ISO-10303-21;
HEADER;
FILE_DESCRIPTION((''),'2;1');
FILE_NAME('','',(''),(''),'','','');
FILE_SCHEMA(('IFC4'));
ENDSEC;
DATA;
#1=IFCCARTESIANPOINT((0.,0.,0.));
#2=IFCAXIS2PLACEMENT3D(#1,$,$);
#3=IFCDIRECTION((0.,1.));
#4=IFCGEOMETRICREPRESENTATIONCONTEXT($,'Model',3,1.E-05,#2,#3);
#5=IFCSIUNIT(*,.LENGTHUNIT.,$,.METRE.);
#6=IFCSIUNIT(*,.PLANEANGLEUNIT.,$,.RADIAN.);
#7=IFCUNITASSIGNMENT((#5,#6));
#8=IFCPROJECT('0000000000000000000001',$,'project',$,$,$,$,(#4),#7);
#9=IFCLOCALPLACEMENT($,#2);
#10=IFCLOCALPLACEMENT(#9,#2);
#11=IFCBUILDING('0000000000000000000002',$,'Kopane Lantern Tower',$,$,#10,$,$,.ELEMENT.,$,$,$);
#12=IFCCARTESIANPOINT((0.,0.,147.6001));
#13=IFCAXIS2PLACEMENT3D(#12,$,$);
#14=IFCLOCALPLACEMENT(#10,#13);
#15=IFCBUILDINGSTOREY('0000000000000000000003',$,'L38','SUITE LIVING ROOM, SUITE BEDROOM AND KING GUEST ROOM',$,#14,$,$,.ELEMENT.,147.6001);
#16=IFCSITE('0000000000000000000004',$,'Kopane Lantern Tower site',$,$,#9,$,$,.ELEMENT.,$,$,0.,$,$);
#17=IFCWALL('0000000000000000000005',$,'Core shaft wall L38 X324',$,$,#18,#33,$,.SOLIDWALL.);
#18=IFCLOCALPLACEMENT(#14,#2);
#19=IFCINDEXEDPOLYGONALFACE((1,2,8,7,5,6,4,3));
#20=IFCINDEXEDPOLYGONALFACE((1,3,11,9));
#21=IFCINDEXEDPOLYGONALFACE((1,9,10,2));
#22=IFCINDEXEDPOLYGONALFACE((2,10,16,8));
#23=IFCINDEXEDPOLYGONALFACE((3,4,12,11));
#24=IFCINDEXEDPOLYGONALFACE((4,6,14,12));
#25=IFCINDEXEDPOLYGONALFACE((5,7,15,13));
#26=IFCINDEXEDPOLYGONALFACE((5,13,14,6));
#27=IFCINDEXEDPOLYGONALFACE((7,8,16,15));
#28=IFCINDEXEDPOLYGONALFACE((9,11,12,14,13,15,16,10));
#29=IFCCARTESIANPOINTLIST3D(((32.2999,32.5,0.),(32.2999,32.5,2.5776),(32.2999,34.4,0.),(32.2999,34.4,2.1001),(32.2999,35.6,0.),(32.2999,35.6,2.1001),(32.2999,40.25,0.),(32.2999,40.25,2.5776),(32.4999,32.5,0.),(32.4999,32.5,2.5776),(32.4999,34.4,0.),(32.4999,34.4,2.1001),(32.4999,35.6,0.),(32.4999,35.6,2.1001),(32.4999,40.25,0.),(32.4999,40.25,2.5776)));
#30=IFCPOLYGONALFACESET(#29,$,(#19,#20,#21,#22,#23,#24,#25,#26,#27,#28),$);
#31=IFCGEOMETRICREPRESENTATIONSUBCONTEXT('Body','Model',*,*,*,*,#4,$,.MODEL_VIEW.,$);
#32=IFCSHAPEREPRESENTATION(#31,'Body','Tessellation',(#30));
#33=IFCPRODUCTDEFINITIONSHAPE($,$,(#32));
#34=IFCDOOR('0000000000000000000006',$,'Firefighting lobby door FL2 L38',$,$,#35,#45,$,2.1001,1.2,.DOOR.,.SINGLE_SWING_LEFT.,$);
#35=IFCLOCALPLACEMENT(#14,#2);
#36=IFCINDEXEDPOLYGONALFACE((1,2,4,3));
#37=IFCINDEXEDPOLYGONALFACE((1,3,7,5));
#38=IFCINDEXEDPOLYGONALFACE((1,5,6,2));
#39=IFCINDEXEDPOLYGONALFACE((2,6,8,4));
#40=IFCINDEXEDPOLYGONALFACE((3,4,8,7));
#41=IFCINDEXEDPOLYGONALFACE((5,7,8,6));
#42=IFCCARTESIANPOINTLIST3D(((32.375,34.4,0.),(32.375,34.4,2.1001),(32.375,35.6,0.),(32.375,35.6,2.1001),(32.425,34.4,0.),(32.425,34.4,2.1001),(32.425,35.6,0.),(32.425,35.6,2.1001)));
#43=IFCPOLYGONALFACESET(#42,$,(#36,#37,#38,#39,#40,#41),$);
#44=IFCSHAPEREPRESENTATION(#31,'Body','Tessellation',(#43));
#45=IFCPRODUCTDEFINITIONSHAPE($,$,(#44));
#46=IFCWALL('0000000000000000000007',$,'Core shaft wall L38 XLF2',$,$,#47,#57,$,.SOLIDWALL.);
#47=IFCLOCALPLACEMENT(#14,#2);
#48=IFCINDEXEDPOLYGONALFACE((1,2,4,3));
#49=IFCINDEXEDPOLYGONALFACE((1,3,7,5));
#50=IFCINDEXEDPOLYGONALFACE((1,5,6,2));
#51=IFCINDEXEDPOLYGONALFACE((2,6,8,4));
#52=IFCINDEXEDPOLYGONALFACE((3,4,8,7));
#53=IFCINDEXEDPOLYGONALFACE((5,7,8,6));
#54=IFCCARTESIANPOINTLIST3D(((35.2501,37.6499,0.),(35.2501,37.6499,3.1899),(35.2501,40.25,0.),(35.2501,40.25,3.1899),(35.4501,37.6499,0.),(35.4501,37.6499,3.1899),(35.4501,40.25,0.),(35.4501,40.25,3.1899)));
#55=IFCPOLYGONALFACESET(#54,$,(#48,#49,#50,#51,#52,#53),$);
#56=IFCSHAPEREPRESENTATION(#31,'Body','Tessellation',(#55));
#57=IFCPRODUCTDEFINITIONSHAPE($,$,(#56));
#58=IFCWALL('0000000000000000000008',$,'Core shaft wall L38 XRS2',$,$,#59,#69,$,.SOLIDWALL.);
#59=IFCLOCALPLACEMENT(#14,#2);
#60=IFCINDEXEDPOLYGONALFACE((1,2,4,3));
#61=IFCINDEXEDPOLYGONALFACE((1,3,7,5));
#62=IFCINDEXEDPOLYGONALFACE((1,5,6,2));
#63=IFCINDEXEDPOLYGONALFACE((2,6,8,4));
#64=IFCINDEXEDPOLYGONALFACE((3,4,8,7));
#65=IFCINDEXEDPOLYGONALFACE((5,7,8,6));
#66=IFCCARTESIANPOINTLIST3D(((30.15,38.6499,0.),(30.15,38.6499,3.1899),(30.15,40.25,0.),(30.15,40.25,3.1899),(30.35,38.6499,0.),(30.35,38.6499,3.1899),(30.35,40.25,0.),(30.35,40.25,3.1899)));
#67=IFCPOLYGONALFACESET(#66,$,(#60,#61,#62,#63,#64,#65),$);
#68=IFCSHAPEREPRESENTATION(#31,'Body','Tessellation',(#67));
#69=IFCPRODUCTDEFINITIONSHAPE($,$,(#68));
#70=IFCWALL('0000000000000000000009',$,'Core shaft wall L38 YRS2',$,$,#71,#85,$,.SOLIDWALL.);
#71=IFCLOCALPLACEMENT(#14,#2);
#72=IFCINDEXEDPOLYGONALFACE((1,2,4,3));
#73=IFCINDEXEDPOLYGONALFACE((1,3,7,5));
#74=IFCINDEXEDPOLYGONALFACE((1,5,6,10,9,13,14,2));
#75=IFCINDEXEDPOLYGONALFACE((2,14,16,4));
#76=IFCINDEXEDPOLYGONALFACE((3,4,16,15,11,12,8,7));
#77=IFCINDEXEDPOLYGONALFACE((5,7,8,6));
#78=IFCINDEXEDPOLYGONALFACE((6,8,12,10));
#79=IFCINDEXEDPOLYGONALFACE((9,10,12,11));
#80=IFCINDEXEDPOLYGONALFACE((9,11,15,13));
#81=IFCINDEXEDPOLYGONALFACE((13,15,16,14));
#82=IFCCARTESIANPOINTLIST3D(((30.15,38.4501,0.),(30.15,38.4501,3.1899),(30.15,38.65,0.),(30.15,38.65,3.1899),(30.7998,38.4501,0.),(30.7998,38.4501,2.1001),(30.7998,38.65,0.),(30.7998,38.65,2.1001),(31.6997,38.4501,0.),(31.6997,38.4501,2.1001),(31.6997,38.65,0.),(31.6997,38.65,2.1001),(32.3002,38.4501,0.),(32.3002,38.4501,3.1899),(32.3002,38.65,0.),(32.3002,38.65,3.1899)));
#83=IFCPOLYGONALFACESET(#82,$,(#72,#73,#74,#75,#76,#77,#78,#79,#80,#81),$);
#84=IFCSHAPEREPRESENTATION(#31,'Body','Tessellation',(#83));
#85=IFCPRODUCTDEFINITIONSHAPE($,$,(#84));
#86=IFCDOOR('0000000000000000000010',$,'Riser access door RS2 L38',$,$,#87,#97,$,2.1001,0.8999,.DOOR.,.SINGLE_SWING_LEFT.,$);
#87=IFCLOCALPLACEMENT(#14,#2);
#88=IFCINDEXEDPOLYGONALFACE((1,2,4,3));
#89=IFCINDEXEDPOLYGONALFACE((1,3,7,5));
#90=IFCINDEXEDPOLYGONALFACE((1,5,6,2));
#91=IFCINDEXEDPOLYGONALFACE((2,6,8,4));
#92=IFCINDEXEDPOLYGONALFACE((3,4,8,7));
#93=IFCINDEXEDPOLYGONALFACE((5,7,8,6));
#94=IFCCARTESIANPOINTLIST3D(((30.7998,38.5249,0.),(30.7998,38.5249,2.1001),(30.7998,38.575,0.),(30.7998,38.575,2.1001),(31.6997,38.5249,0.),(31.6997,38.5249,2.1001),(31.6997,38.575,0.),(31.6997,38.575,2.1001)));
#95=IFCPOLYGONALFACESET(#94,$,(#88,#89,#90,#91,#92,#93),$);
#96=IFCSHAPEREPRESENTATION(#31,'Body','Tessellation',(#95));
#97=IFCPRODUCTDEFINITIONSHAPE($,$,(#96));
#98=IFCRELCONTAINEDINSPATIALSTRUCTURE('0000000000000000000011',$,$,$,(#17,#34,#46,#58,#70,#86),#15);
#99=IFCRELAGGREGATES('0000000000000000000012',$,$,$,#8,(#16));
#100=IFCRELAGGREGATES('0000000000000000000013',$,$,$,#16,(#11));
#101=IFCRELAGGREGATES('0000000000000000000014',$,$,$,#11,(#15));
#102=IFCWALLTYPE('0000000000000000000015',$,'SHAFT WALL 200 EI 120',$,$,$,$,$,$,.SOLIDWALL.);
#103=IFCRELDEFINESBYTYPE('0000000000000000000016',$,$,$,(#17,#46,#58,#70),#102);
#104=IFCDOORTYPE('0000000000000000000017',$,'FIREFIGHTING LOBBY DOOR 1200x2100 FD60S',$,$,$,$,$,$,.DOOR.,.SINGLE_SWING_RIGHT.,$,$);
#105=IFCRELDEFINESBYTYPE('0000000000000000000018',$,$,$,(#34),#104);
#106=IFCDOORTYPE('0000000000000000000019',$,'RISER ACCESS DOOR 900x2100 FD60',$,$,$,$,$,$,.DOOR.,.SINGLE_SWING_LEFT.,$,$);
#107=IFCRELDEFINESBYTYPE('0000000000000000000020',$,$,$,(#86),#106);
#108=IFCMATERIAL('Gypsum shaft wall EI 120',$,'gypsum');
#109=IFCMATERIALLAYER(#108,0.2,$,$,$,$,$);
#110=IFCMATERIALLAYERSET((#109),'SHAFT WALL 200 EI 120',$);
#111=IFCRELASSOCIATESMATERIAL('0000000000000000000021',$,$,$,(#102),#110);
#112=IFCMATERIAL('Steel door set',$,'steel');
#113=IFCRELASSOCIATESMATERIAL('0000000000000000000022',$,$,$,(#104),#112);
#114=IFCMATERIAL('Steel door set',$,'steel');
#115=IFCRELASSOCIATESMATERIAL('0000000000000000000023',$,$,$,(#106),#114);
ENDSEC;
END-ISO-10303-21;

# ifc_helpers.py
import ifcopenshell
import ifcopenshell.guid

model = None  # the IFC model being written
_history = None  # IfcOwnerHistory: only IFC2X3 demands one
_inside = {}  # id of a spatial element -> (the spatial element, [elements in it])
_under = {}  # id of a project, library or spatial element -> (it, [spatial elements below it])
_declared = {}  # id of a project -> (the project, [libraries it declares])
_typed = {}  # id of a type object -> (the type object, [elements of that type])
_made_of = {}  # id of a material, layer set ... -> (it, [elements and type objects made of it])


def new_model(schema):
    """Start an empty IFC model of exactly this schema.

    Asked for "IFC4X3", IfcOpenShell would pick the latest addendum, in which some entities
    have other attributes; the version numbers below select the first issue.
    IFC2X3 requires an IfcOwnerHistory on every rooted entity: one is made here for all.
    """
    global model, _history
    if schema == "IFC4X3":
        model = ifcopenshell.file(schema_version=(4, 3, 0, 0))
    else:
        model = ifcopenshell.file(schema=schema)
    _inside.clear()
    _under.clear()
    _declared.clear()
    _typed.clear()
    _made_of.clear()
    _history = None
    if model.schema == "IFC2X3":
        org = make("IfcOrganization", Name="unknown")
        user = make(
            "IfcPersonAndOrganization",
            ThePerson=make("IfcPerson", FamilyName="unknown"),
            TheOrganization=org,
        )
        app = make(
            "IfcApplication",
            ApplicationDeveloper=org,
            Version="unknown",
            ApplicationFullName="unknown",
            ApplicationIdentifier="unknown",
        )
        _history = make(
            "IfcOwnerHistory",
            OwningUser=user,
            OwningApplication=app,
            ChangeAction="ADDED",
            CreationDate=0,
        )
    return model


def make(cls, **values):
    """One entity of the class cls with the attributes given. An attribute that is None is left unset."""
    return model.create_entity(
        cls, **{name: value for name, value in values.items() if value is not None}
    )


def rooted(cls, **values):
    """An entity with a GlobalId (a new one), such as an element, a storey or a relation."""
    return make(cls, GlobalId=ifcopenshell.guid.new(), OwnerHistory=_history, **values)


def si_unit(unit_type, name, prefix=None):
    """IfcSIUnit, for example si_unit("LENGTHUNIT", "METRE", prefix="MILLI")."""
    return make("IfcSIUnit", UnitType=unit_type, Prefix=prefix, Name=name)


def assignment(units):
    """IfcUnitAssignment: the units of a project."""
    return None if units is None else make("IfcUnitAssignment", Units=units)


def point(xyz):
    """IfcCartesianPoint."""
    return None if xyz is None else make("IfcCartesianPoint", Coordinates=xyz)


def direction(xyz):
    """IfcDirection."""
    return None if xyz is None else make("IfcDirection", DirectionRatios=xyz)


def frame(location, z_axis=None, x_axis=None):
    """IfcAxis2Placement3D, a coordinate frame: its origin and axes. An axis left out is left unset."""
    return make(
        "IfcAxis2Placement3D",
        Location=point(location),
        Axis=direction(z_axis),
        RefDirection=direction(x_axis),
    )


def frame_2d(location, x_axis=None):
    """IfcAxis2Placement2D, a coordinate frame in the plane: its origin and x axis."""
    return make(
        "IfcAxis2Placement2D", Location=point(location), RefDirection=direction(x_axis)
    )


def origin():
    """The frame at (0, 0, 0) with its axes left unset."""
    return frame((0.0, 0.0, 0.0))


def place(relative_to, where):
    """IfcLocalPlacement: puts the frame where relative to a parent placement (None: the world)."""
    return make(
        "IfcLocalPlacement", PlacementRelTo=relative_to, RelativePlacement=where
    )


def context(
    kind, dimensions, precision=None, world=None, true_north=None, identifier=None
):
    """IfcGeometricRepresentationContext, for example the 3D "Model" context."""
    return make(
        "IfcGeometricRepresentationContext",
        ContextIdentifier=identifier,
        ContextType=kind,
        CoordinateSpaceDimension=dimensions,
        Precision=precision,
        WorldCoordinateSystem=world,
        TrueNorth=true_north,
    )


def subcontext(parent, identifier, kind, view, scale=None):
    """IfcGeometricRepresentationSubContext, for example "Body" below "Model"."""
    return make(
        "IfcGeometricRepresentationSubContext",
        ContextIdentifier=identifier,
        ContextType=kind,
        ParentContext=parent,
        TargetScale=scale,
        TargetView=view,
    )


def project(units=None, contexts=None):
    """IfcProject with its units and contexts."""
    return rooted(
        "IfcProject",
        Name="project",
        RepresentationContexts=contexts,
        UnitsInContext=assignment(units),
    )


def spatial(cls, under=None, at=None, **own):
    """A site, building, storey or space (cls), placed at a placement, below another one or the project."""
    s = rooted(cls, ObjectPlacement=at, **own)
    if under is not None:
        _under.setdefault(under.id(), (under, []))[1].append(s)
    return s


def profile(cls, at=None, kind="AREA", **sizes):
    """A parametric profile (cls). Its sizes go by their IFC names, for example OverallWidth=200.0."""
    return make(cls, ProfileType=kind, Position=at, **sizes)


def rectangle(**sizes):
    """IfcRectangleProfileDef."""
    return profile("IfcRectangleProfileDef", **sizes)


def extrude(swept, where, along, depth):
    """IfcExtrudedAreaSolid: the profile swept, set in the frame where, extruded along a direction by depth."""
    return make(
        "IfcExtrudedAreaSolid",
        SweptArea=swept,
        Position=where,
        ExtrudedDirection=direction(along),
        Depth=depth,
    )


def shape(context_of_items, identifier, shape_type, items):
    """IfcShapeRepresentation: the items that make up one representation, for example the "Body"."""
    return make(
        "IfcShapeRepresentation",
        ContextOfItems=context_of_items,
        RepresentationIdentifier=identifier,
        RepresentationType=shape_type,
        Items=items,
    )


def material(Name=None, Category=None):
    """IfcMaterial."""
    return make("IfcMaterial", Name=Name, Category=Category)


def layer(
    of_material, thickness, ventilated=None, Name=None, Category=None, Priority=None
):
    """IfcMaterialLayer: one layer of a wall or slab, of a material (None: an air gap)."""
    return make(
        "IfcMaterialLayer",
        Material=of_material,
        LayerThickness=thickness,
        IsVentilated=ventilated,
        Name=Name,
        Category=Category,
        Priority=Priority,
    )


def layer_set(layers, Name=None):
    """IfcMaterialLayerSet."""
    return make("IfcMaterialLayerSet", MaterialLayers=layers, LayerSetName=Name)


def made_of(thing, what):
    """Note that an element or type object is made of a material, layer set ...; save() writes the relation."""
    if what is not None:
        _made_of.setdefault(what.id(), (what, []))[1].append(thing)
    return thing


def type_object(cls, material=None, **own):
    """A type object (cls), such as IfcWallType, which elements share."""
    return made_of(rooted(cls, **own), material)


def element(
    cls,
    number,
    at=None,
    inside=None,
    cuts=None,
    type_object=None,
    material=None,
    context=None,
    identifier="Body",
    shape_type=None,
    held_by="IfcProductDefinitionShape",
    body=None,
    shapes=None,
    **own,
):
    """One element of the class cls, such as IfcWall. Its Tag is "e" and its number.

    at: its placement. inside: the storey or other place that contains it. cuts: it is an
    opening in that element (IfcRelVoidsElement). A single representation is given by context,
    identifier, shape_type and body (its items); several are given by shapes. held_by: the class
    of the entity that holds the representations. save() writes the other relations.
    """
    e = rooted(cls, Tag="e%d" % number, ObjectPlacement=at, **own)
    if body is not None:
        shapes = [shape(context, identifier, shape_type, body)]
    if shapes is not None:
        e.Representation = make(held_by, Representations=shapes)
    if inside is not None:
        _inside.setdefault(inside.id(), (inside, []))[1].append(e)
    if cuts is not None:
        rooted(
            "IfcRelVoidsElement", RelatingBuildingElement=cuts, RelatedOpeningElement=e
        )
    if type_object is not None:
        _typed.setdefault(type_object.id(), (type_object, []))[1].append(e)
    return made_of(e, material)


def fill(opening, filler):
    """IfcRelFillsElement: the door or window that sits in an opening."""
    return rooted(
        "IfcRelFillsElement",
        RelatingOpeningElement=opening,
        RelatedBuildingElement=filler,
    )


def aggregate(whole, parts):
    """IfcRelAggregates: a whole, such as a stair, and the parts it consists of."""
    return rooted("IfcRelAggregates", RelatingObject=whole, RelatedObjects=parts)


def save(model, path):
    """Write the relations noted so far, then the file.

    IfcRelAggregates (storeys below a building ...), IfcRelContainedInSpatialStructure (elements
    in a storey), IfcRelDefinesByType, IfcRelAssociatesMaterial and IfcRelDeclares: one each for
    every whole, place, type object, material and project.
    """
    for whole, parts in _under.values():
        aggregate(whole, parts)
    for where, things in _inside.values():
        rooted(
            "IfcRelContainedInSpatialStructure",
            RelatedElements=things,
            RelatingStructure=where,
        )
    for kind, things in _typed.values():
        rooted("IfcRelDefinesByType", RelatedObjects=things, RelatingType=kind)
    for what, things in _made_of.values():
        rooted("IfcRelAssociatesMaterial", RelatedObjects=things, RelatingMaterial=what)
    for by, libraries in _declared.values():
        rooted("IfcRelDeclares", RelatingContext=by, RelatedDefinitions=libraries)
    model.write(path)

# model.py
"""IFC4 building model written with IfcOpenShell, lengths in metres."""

from ifc_helpers import new_model, si_unit, direction, frame, frame_2d, origin, place, context, subcontext, project, spatial, rectangle, extrude, material, layer, layer_set, type_object, element, fill, save


model = new_model("IFC4")

# Units and contexts
model_context = context("Model", 3, precision=1e-05, world=origin(), true_north=direction((0.0, 1.0)))
body_context = subcontext(model_context, "Body", "Model", "MODEL_VIEW")
ifc_project = project(units=[si_unit("LENGTHUNIT", "METRE"), si_unit("PLANEANGLEUNIT", "RADIAN")], contexts=[model_context])

# Site, building, storey
site_placement = place(None, origin())
site = spatial("IfcSite", under=ifc_project, at=site_placement, Name="Kopane Lantern Tower site", CompositionType="ELEMENT", RefElevation=0.0)
building_placement = place(site_placement, origin())
building = spatial("IfcBuilding", under=site, at=building_placement, Name="Kopane Lantern Tower", CompositionType="ELEMENT")
storey_placement = place(building_placement, frame((0.0, 0.0, 147.6001)))
storey = spatial("IfcBuildingStorey", under=building, at=storey_placement, Name="L38", Description="SUITE LIVING ROOM, SUITE BEDROOM AND KING GUEST ROOM", CompositionType="ELEMENT", Elevation=147.6001)

# Shared definitions
ifc_material_1 = material(Name="Gypsum shaft wall EI 120", Category="gypsum")
ifc_layer_1 = layer(ifc_material_1, 0.2)
ifc_layer_set_1 = layer_set([ifc_layer_1], Name="SHAFT WALL 200 EI 120")
wall_type_1 = type_object("IfcWallType", Name="SHAFT WALL 200 EI 120", PredefinedType="SOLIDWALL", material=ifc_layer_set_1)

# Wall, opening, door
wall_1_placement = place(storey_placement, frame((32.3999, 32.5, 0.0), z_axis=(0.0, 0.0, 1.0), x_axis=(0.0, 1.0, 0.0)))
wall_1 = element("IfcWall", 1, at=wall_1_placement, inside=storey, type_object=wall_type_1, Name="Core shaft wall L38 X324", PredefinedType="SOLIDWALL", context=body_context, shape_type="SweptSolid", body=[
    extrude(rectangle(XDim=7.75, YDim=0.2, at=frame_2d((3.875, 0.0))), origin(), (0.0, 0.0, 1.0), 2.5776),
])
opening_1_placement = place(wall_1_placement, frame((1.8999, 0.0, 0.0)))
opening_1 = element("IfcOpeningElement", 2, at=opening_1_placement, cuts=wall_1, PredefinedType="OPENING", context=body_context, shape_type="SweptSolid", body=[
    extrude(rectangle(XDim=1.2, YDim=2.1001, at=frame_2d((0.6001, 1.05))), frame((0.0, 0.1099, 0.0), z_axis=(0.0, -1.0, 0.0), x_axis=(1.0, 0.0, 0.0)), (0.0, 0.0, 1.0), 0.22),
])
ifc_material_2 = material(Name="Steel door set", Category="steel")
door_type_1 = type_object("IfcDoorType", Name="FIREFIGHTING LOBBY DOOR 1200x2100 FD60S", OperationType="SINGLE_SWING_RIGHT", PredefinedType="DOOR", material=ifc_material_2)
door_1_placement = place(opening_1_placement, origin())
door_1 = element("IfcDoor", 3, at=door_1_placement, inside=storey, type_object=door_type_1, Name="Firefighting lobby door FL2 L38", OperationType="SINGLE_SWING_LEFT", OverallHeight=2.1001, OverallWidth=1.2, PredefinedType="DOOR", context=body_context, shape_type="SweptSolid", body=[
    extrude(rectangle(XDim=1.2, YDim=2.1001, at=frame_2d((0.6001, 1.05))), frame((0.0, 0.0249, 0.0), z_axis=(0.0, -1.0, 0.0), x_axis=(1.0, 0.0, 0.0)), (0.0, 0.0, 1.0), 0.05),
])
fill(opening_1, door_1)

# Walls
wall_2_placement = place(storey_placement, frame((35.3501, 37.6499, 0.0), z_axis=(0.0, 0.0, 1.0), x_axis=(0.0, 1.0, 0.0)))
element("IfcWall", 4, at=wall_2_placement, inside=storey, type_object=wall_type_1, Name="Core shaft wall L38 XLF2", PredefinedType="SOLIDWALL", context=body_context, shape_type="SweptSolid", body=[
    extrude(rectangle(XDim=2.6001, YDim=0.2, at=frame_2d((1.3, 0.0))), origin(), (0.0, 0.0, 1.0), 3.1899),
])
wall_3_placement = place(storey_placement, frame((30.25, 38.6499, 0.0), z_axis=(0.0, 0.0, 1.0), x_axis=(0.0, 1.0, 0.0)))
element("IfcWall", 5, at=wall_3_placement, inside=storey, type_object=wall_type_1, Name="Core shaft wall L38 XRS2", PredefinedType="SOLIDWALL", context=body_context, shape_type="SweptSolid", body=[
    extrude(rectangle(XDim=1.6001, YDim=0.2, at=frame_2d((0.8, 0.0))), origin(), (0.0, 0.0, 1.0), 3.1899),
])

# Wall, opening, door
wall_4_placement = place(storey_placement, frame((30.1499, 38.55, 0.0), z_axis=(0.0, 0.0, 1.0), x_axis=(1.0, 0.0, 0.0)))
wall_4 = element("IfcWall", 6, at=wall_4_placement, inside=storey, type_object=wall_type_1, Name="Core shaft wall L38 YRS2", PredefinedType="SOLIDWALL", context=body_context, shape_type="SweptSolid", body=[
    extrude(rectangle(XDim=2.1501, YDim=0.2, at=frame_2d((1.0752, 0.0))), origin(), (0.0, 0.0, 1.0), 3.1899),
])
opening_2_placement = place(wall_4_placement, frame((0.6499, 0.0, 0.0)))
opening_2 = element("IfcOpeningElement", 7, at=opening_2_placement, cuts=wall_4, PredefinedType="OPENING", context=body_context, shape_type="SweptSolid", body=[
    extrude(rectangle(XDim=0.8999, YDim=2.1001, at=frame_2d((0.45, 1.05))), frame((0.0, 0.1099, 0.0), z_axis=(0.0, -1.0, 0.0), x_axis=(1.0, 0.0, 0.0)), (0.0, 0.0, 1.0), 0.22),
])
ifc_material_3 = material(Name="Steel door set", Category="steel")
door_type_2 = type_object("IfcDoorType", Name="RISER ACCESS DOOR 900x2100 FD60", OperationType="SINGLE_SWING_LEFT", PredefinedType="DOOR", material=ifc_material_3)
door_2_placement = place(opening_2_placement, origin())
door_2 = element("IfcDoor", 8, at=door_2_placement, inside=storey, type_object=door_type_2, Name="Riser access door RS2 L38", OperationType="SINGLE_SWING_LEFT", OverallHeight=2.1001, OverallWidth=0.8999, PredefinedType="DOOR", context=body_context, shape_type="SweptSolid", body=[
    extrude(rectangle(XDim=0.8999, YDim=2.1001, at=frame_2d((0.45, 1.05))), frame((0.0, 0.0249, 0.0), z_axis=(0.0, -1.0, 0.0), x_axis=(1.0, 0.0, 0.0)), (0.0, 0.0, 1.0), 0.05),
])
fill(opening_2, door_2)

save(model, "model.ifc")
